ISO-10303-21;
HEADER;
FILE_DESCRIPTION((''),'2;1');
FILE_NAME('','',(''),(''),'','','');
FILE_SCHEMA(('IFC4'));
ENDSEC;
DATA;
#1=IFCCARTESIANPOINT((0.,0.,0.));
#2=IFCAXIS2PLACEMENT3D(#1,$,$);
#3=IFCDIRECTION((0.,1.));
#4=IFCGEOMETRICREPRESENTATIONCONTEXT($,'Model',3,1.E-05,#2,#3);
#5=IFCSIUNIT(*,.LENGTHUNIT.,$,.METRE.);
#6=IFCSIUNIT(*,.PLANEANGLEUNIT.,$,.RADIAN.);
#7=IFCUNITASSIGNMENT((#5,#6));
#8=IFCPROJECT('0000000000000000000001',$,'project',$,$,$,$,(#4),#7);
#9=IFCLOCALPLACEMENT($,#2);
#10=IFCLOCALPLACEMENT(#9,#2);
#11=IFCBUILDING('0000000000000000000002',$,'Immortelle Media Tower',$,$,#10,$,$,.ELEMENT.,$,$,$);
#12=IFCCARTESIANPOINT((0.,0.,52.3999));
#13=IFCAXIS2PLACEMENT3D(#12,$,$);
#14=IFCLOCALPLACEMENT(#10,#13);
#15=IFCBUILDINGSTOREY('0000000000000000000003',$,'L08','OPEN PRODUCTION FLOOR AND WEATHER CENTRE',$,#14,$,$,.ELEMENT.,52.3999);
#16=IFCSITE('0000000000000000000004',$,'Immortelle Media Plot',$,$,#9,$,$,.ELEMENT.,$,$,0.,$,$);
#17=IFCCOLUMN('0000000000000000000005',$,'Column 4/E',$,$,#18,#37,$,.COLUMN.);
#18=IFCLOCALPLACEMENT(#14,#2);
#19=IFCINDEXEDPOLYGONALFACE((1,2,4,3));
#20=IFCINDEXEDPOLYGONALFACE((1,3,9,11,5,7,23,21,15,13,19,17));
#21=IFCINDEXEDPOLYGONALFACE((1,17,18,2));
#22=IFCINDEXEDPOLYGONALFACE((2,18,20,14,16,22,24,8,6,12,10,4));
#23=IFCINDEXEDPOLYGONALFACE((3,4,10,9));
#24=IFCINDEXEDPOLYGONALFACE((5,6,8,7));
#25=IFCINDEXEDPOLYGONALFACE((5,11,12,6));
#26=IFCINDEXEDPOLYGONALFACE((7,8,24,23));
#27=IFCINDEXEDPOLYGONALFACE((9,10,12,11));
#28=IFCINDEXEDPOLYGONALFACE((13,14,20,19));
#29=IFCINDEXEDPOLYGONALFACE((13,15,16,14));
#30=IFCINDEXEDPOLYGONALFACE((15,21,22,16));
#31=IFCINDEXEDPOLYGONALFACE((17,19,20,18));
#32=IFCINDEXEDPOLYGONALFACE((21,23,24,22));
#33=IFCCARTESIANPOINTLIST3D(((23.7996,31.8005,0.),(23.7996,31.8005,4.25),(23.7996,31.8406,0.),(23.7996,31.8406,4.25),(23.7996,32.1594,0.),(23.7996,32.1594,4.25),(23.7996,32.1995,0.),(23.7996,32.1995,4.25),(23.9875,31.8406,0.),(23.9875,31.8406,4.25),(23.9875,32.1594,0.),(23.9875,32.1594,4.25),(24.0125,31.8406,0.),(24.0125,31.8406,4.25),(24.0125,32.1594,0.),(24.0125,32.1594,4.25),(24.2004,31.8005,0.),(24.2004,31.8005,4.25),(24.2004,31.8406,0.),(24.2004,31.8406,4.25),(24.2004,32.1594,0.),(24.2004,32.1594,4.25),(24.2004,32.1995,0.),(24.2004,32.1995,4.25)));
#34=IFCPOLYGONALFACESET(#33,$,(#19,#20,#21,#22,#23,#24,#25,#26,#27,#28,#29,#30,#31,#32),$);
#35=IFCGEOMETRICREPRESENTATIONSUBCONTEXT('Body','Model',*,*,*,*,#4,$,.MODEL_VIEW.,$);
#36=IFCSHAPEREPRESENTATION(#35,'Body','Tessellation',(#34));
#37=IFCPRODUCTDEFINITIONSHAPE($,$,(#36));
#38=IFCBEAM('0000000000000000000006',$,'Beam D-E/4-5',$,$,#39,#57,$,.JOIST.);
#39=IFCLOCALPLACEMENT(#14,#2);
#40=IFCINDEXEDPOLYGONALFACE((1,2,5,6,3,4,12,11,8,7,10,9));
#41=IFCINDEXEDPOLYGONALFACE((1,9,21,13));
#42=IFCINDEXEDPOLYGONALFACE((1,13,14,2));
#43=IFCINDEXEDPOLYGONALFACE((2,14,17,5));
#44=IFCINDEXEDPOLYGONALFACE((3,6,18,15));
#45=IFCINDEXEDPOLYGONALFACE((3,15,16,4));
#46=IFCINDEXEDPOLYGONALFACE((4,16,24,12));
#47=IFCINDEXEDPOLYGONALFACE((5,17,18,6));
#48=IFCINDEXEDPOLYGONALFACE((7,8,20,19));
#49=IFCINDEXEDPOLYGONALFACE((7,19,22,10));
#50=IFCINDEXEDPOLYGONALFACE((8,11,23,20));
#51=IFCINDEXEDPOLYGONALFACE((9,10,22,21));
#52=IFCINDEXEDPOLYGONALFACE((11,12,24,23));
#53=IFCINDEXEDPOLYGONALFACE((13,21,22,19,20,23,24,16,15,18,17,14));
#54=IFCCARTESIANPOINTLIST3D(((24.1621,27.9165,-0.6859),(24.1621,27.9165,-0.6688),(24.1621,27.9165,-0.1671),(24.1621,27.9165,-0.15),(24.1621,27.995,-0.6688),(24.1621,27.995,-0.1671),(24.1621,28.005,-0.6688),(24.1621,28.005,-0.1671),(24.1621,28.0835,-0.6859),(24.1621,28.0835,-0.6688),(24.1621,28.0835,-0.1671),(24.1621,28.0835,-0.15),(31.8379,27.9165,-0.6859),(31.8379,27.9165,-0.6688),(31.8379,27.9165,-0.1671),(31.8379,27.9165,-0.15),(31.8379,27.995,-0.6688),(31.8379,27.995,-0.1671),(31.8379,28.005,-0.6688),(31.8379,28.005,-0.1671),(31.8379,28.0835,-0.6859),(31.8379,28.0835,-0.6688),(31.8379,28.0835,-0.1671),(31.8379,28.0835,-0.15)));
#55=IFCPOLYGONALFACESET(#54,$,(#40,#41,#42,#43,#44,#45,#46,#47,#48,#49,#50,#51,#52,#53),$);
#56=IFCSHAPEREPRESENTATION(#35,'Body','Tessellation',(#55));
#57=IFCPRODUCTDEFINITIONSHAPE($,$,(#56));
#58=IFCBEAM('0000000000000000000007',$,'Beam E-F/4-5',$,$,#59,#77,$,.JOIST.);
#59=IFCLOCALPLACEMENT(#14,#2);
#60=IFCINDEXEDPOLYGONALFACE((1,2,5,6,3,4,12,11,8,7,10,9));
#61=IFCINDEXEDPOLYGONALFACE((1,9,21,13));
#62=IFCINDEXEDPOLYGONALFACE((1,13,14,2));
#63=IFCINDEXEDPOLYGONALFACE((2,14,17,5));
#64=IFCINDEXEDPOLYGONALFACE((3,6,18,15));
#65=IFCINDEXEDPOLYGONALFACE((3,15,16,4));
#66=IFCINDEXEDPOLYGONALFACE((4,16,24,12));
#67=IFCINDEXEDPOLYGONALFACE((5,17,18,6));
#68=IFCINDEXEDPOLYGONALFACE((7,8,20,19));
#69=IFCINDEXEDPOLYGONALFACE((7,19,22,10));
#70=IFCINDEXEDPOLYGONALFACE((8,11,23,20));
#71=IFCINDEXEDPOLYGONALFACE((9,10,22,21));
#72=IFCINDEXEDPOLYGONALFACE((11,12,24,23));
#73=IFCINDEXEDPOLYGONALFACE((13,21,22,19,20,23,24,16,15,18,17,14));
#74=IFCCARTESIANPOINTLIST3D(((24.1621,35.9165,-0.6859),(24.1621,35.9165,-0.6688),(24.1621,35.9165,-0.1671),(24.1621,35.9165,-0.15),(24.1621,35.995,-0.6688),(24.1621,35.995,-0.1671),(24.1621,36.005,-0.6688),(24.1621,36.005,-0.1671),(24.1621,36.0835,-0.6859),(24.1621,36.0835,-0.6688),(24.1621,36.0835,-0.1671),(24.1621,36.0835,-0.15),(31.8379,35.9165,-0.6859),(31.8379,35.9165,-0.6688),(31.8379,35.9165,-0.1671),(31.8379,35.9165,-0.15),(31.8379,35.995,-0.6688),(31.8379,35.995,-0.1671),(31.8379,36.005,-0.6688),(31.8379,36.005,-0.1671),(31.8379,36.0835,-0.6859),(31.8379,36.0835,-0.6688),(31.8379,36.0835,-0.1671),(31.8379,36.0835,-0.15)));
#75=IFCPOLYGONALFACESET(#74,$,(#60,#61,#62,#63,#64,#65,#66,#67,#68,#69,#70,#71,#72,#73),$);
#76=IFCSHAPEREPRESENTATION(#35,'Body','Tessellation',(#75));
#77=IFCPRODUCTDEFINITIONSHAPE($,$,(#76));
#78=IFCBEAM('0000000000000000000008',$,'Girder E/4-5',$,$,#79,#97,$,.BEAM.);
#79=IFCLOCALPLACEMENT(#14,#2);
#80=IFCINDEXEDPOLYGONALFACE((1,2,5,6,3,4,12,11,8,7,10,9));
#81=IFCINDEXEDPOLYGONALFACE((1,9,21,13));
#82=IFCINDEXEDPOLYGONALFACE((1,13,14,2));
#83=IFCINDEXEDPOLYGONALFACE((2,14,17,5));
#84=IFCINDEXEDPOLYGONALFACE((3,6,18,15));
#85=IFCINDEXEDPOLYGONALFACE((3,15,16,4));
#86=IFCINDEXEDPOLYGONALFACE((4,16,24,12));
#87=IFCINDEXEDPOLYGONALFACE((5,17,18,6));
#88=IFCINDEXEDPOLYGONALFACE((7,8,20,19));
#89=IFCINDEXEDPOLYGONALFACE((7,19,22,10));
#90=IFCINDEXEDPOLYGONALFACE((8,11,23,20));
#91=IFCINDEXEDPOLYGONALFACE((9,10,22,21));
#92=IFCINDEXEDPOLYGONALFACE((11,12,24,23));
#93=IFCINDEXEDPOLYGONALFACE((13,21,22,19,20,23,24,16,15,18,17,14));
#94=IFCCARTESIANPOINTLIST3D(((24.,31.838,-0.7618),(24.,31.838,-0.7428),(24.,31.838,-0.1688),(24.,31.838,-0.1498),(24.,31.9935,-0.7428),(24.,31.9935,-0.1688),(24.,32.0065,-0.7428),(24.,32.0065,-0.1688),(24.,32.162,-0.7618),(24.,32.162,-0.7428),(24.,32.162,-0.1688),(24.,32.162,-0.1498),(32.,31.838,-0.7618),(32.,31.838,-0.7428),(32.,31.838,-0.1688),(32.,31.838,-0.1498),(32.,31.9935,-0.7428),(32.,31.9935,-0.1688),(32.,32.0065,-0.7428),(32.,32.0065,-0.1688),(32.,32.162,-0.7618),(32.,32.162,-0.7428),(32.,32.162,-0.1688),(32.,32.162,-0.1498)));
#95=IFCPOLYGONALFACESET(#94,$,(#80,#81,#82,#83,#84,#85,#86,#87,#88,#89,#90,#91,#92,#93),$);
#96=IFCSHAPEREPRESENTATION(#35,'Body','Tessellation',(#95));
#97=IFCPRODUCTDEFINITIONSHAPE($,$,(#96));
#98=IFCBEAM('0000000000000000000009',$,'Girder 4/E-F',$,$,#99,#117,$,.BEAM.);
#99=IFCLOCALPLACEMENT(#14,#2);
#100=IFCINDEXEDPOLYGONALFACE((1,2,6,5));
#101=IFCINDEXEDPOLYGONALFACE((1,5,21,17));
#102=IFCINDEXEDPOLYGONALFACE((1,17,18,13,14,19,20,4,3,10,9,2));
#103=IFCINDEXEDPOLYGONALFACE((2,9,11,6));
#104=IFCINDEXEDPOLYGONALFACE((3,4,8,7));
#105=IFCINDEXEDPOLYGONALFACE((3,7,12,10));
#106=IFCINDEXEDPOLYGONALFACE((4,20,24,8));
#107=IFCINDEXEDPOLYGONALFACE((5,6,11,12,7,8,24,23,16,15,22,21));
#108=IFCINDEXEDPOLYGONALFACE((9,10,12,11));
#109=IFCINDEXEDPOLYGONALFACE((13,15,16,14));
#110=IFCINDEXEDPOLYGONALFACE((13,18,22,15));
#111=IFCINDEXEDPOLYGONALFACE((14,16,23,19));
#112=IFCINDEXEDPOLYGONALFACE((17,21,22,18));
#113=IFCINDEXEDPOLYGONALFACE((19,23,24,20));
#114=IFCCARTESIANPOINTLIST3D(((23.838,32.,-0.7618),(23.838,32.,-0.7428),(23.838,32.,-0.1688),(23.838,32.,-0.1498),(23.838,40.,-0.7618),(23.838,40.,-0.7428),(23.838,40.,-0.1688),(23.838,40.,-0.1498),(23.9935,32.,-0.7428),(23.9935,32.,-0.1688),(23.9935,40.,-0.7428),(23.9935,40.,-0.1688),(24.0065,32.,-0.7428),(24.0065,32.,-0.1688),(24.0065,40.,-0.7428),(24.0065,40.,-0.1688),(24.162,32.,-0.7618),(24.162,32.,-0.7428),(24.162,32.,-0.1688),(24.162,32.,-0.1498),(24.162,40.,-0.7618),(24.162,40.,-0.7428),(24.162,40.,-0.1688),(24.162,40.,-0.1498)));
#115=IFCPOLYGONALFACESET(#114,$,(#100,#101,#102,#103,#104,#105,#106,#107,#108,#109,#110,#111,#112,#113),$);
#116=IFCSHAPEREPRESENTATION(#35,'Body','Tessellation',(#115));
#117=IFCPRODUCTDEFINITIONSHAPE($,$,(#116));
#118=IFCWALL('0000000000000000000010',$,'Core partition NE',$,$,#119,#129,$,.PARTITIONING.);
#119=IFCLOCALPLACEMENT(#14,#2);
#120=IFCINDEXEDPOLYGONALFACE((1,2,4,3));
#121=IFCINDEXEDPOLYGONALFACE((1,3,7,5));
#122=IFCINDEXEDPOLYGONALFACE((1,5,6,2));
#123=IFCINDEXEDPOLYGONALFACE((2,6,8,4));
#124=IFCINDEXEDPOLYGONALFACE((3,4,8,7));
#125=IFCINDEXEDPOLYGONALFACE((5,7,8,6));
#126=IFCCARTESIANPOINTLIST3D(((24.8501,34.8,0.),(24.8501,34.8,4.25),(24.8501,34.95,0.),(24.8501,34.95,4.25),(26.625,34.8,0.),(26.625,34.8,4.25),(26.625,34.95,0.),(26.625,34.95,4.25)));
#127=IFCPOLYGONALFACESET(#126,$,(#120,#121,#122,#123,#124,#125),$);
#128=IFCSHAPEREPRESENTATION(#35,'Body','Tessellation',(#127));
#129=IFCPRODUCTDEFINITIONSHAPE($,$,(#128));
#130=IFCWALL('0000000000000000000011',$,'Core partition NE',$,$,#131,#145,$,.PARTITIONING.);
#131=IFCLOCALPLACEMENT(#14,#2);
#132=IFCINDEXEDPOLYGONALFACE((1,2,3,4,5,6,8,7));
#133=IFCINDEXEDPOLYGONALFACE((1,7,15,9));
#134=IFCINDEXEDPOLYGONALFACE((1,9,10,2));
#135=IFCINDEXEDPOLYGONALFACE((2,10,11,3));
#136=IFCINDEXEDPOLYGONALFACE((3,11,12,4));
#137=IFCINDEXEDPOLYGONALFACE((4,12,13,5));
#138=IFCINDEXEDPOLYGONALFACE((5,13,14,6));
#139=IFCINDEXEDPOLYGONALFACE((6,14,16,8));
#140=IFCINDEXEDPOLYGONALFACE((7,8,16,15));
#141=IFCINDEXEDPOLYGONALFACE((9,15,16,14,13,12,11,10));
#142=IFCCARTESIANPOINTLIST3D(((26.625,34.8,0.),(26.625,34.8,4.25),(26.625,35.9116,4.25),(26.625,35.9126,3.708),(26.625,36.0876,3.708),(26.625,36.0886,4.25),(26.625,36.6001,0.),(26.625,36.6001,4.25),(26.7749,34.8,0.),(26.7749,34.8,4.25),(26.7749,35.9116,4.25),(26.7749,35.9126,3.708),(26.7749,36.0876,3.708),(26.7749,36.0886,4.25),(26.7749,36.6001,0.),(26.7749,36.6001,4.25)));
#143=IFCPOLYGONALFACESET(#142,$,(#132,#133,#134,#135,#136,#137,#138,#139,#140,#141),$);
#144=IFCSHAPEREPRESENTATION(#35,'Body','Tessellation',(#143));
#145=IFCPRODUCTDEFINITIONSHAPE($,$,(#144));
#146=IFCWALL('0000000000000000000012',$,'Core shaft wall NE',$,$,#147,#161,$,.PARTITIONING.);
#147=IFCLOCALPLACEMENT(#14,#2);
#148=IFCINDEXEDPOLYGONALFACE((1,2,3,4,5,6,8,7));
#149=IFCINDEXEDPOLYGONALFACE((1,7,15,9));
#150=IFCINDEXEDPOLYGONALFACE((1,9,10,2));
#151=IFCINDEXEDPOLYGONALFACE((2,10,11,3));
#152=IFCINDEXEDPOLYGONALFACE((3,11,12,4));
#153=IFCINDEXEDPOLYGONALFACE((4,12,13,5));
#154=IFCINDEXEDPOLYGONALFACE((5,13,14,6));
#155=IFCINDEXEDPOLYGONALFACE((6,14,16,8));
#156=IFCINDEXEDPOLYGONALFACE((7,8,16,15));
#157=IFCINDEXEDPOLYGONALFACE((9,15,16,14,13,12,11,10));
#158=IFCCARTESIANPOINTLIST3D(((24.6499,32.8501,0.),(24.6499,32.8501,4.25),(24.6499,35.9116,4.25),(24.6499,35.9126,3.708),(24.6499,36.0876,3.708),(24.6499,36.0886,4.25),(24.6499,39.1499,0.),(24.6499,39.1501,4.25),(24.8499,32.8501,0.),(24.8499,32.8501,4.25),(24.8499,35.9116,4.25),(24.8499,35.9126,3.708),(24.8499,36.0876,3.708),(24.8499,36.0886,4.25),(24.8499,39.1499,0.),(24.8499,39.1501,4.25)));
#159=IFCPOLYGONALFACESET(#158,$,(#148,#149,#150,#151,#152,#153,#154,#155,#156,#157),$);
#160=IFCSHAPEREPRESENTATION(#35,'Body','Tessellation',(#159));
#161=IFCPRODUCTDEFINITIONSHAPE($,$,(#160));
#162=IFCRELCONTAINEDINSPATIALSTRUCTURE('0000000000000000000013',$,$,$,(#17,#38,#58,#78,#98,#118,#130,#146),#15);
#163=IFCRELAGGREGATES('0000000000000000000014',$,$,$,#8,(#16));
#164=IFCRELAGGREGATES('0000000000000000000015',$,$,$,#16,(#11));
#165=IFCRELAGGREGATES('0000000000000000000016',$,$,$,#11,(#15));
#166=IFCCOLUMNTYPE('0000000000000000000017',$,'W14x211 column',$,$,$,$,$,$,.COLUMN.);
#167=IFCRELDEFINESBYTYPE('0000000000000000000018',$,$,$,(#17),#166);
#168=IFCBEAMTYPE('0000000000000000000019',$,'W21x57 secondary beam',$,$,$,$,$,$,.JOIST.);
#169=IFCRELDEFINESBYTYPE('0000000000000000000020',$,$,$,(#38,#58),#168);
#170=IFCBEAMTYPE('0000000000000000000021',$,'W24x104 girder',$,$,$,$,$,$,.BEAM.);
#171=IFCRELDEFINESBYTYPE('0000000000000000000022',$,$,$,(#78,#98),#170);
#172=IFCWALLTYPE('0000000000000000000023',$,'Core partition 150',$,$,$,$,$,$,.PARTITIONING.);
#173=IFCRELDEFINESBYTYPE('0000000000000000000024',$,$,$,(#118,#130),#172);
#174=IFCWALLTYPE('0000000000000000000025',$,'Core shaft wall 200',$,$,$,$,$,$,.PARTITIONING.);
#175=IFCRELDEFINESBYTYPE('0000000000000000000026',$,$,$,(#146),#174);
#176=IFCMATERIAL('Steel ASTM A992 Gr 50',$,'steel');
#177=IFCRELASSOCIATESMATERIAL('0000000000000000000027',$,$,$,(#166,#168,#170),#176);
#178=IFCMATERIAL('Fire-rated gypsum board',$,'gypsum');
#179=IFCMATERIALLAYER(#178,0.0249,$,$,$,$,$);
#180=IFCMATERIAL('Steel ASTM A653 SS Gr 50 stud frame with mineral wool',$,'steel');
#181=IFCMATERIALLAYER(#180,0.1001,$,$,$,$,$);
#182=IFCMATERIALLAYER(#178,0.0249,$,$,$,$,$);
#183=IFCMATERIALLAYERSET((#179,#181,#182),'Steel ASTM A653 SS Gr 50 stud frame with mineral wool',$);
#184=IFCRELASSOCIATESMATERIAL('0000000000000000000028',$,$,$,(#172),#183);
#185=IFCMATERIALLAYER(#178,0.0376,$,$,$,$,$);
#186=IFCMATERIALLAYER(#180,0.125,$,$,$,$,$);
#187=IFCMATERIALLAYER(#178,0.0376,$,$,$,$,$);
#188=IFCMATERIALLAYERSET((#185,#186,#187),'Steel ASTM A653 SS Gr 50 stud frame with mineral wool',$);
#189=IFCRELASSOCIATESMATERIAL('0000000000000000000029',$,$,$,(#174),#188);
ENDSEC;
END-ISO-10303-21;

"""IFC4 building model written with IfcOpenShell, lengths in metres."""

from ifc_helpers import new_model, si_unit, direction, frame, frame_2d, origin, origin_2d, place, context, subcontext, project, spatial, polyline, rectangle, i_section, outline, extrude, material, layer, layer_set, material_profile, profile_set, type_object, element, save


model = new_model("IFC4")

# Units and contexts
model_context = context("Model", 3, precision=1e-05, world=origin(), true_north=direction((0.0, 1.0)))
body_context = subcontext(model_context, "Body", "Model", "MODEL_VIEW")
ifc_project = project(units=[si_unit("LENGTHUNIT", "METRE"), si_unit("PLANEANGLEUNIT", "RADIAN")], contexts=[model_context])

# Site, building, storey
site_placement = place(None, origin())
site = spatial("IfcSite", under=ifc_project, at=site_placement, Name="Immortelle Media Plot", CompositionType="ELEMENT", RefElevation=0.0)
building_placement = place(site_placement, origin())
building = spatial("IfcBuilding", under=site, at=building_placement, Name="Immortelle Media Tower", CompositionType="ELEMENT")
storey_placement = place(building_placement, frame((0.0, 0.0, 52.3999)))
storey = spatial("IfcBuildingStorey", under=building, at=storey_placement, Name="L08", Description="OPEN PRODUCTION FLOOR AND WEATHER CENTRE", CompositionType="ELEMENT", Elevation=52.3999)

# Column
ifc_material_1 = material(Name="Steel ASTM A992 Gr 50", Category="steel")
ifc_material_profile_1 = material_profile(ifc_material_1, i_section(OverallWidth=0.4009, OverallDepth=0.3989, WebThickness=0.0249, FlangeThickness=0.04, at=origin_2d()), Name="W14x211")
ifc_profile_set_1 = profile_set([ifc_material_profile_1], Name="Steel ASTM A992 Gr 50")
column_type = type_object("IfcColumnType", Name="W14x211 column", PredefinedType="COLUMN", material=ifc_profile_set_1)
column_placement = place(storey_placement, frame((24.0, 32.0, 0.0), z_axis=(0.0, 0.0, 1.0), x_axis=(1.0, 0.0, 0.0)))
element("IfcColumn", 1, at=column_placement, inside=storey, type_object=column_type, Name="Column 4/E", PredefinedType="COLUMN", context=body_context, shape_type="SweptSolid", body=[
    extrude(i_section(OverallWidth=0.4009, OverallDepth=0.3989, WebThickness=0.0249, FlangeThickness=0.04, at=origin_2d()), origin(), (0.0, 0.0, 1.0), 4.25),
])

# Beams
ifc_material_profile_2 = material_profile(ifc_material_1, i_section(OverallWidth=0.167, OverallDepth=0.5359, WebThickness=0.01, FlangeThickness=0.0171, at=origin_2d()), Name="W21x57")
ifc_profile_set_2 = profile_set([ifc_material_profile_2], Name="Steel ASTM A992 Gr 50")
beam_type_1 = type_object("IfcBeamType", Name="W21x57 secondary beam", PredefinedType="JOIST", material=ifc_profile_set_2)
for number, where, z_axis, x_axis, name in (
    (2, (24.1621, 28.0, -0.418), (1.0, 0.0, 0.0), (0.0, 1.0, 0.0), "Beam D-E/4-5"),
    (3, (24.1621, 36.0, -0.418), (1.0, 0.0, 0.0), (0.0, 1.0, 0.0), "Beam E-F/4-5"),
):
    element("IfcBeam", number, at=place(storey_placement, frame(where, z_axis=z_axis, x_axis=x_axis)), inside=storey, type_object=beam_type_1, Name=name, PredefinedType="JOIST", context=body_context, shape_type="SweptSolid", body=[
        extrude(i_section(OverallWidth=0.167, OverallDepth=0.5359, WebThickness=0.01, FlangeThickness=0.0171, at=origin_2d()), origin(), (0.0, 0.0, 1.0), 7.6758),
    ])
ifc_material_profile_3 = material_profile(ifc_material_1, i_section(OverallWidth=0.324, OverallDepth=0.6121, WebThickness=0.0129, FlangeThickness=0.019, at=origin_2d()), Name="W24x104")
ifc_profile_set_3 = profile_set([ifc_material_profile_3], Name="Steel ASTM A992 Gr 50")
beam_type_2 = type_object("IfcBeamType", Name="W24x104 girder", PredefinedType="BEAM", material=ifc_profile_set_3)
for number, where, z_axis, x_axis, name in (
    (4, (24.0, 32.0, -0.4558), (1.0, 0.0, 0.0), (0.0, 1.0, 0.0), "Girder E/4-5"),
    (5, (24.0, 32.0, -0.4558), (0.0, 1.0, 0.0), (-1.0, 0.0, 0.0), "Girder 4/E-F"),
):
    element("IfcBeam", number, at=place(storey_placement, frame(where, z_axis=z_axis, x_axis=x_axis)), inside=storey, type_object=beam_type_2, Name=name, PredefinedType="BEAM", context=body_context, shape_type="SweptSolid", body=[
        extrude(i_section(OverallWidth=0.324, OverallDepth=0.6121, WebThickness=0.0129, FlangeThickness=0.019, at=origin_2d()), origin(), (0.0, 0.0, 1.0), 8.0),
    ])

# Walls
ifc_material_2 = material(Name="Fire-rated gypsum board", Category="gypsum")
ifc_layer_1 = layer(ifc_material_2, 0.0249)
ifc_material_3 = material(Name="Steel ASTM A653 SS Gr 50 stud frame with mineral wool", Category="steel")
ifc_layer_2 = layer(ifc_material_3, 0.1001)
ifc_layer_3 = layer(ifc_material_2, 0.0249)
ifc_layer_set_1 = layer_set([ifc_layer_1, ifc_layer_2, ifc_layer_3], Name="Steel ASTM A653 SS Gr 50 stud frame with mineral wool")
wall_type_1 = type_object("IfcWallType", Name="Core partition 150", PredefinedType="PARTITIONING", material=ifc_layer_set_1)
wall_1_placement = place(storey_placement, frame((24.8501, 34.875, 0.0), z_axis=(0.0, 0.0, 1.0), x_axis=(1.0, 0.0, 0.0)))
element("IfcWall", 6, at=wall_1_placement, inside=storey, type_object=wall_type_1, Name="Core partition NE", PredefinedType="PARTITIONING", context=body_context, shape_type="SweptSolid", body=[
    extrude(rectangle(XDim=1.7749, YDim=0.1499, at=frame_2d((0.8875, 0.0))), origin(), (0.0, 0.0, 1.0), 4.25),
])
wall_2_placement = place(storey_placement, frame((26.7, 34.8, 0.0), z_axis=(0.0, 0.0, 1.0), x_axis=(0.0, 1.0, 0.0)))
element("IfcWall", 7, at=wall_2_placement, inside=storey, type_object=wall_type_1, Name="Core partition NE", PredefinedType="PARTITIONING", context=body_context, shape_type="SweptSolid", body=[
    extrude(outline(polyline([(0.0, 0.0), (1.8, 0.0), (1.8, 4.25), (1.2886, 4.25), (1.2876, 3.708), (1.1125, 3.708), (1.1116, 4.25), (0.0, 4.25), (0.0, 0.0)])), frame((0.0, 0.075, 0.0), z_axis=(0.0, -1.0, 0.0), x_axis=(1.0, 0.0, 0.0)), (0.0, 0.0, 1.0), 0.1499),
])
ifc_layer_4 = layer(ifc_material_2, 0.0376)
ifc_layer_5 = layer(ifc_material_3, 0.125)
ifc_layer_6 = layer(ifc_material_2, 0.0376)
ifc_layer_set_2 = layer_set([ifc_layer_4, ifc_layer_5, ifc_layer_6], Name="Steel ASTM A653 SS Gr 50 stud frame with mineral wool")
wall_type_2 = type_object("IfcWallType", Name="Core shaft wall 200", PredefinedType="PARTITIONING", material=ifc_layer_set_2)
wall_3_placement = place(storey_placement, frame((24.75, 32.8501, 0.0), z_axis=(0.0, 0.0, 1.0), x_axis=(0.0, 1.0, 0.0)))
element("IfcWall", 8, at=wall_3_placement, inside=storey, type_object=wall_type_2, Name="Core shaft wall NE", PredefinedType="PARTITIONING", context=body_context, shape_type="SweptSolid", body=[
    extrude(outline(polyline([(0.0, 0.0), (6.2998, 0.0), (6.3, 4.25), (3.2385, 4.25), (3.2375, 3.708), (3.0625, 3.708), (3.0615, 4.25), (0.0, 4.25), (0.0, 0.0)])), frame((0.0, 0.1001, 0.0), z_axis=(0.0, -1.0, 0.0), x_axis=(1.0, 0.0, 0.0)), (0.0, 0.0, 1.0), 0.2),
])

save(model, "model.ifc")
